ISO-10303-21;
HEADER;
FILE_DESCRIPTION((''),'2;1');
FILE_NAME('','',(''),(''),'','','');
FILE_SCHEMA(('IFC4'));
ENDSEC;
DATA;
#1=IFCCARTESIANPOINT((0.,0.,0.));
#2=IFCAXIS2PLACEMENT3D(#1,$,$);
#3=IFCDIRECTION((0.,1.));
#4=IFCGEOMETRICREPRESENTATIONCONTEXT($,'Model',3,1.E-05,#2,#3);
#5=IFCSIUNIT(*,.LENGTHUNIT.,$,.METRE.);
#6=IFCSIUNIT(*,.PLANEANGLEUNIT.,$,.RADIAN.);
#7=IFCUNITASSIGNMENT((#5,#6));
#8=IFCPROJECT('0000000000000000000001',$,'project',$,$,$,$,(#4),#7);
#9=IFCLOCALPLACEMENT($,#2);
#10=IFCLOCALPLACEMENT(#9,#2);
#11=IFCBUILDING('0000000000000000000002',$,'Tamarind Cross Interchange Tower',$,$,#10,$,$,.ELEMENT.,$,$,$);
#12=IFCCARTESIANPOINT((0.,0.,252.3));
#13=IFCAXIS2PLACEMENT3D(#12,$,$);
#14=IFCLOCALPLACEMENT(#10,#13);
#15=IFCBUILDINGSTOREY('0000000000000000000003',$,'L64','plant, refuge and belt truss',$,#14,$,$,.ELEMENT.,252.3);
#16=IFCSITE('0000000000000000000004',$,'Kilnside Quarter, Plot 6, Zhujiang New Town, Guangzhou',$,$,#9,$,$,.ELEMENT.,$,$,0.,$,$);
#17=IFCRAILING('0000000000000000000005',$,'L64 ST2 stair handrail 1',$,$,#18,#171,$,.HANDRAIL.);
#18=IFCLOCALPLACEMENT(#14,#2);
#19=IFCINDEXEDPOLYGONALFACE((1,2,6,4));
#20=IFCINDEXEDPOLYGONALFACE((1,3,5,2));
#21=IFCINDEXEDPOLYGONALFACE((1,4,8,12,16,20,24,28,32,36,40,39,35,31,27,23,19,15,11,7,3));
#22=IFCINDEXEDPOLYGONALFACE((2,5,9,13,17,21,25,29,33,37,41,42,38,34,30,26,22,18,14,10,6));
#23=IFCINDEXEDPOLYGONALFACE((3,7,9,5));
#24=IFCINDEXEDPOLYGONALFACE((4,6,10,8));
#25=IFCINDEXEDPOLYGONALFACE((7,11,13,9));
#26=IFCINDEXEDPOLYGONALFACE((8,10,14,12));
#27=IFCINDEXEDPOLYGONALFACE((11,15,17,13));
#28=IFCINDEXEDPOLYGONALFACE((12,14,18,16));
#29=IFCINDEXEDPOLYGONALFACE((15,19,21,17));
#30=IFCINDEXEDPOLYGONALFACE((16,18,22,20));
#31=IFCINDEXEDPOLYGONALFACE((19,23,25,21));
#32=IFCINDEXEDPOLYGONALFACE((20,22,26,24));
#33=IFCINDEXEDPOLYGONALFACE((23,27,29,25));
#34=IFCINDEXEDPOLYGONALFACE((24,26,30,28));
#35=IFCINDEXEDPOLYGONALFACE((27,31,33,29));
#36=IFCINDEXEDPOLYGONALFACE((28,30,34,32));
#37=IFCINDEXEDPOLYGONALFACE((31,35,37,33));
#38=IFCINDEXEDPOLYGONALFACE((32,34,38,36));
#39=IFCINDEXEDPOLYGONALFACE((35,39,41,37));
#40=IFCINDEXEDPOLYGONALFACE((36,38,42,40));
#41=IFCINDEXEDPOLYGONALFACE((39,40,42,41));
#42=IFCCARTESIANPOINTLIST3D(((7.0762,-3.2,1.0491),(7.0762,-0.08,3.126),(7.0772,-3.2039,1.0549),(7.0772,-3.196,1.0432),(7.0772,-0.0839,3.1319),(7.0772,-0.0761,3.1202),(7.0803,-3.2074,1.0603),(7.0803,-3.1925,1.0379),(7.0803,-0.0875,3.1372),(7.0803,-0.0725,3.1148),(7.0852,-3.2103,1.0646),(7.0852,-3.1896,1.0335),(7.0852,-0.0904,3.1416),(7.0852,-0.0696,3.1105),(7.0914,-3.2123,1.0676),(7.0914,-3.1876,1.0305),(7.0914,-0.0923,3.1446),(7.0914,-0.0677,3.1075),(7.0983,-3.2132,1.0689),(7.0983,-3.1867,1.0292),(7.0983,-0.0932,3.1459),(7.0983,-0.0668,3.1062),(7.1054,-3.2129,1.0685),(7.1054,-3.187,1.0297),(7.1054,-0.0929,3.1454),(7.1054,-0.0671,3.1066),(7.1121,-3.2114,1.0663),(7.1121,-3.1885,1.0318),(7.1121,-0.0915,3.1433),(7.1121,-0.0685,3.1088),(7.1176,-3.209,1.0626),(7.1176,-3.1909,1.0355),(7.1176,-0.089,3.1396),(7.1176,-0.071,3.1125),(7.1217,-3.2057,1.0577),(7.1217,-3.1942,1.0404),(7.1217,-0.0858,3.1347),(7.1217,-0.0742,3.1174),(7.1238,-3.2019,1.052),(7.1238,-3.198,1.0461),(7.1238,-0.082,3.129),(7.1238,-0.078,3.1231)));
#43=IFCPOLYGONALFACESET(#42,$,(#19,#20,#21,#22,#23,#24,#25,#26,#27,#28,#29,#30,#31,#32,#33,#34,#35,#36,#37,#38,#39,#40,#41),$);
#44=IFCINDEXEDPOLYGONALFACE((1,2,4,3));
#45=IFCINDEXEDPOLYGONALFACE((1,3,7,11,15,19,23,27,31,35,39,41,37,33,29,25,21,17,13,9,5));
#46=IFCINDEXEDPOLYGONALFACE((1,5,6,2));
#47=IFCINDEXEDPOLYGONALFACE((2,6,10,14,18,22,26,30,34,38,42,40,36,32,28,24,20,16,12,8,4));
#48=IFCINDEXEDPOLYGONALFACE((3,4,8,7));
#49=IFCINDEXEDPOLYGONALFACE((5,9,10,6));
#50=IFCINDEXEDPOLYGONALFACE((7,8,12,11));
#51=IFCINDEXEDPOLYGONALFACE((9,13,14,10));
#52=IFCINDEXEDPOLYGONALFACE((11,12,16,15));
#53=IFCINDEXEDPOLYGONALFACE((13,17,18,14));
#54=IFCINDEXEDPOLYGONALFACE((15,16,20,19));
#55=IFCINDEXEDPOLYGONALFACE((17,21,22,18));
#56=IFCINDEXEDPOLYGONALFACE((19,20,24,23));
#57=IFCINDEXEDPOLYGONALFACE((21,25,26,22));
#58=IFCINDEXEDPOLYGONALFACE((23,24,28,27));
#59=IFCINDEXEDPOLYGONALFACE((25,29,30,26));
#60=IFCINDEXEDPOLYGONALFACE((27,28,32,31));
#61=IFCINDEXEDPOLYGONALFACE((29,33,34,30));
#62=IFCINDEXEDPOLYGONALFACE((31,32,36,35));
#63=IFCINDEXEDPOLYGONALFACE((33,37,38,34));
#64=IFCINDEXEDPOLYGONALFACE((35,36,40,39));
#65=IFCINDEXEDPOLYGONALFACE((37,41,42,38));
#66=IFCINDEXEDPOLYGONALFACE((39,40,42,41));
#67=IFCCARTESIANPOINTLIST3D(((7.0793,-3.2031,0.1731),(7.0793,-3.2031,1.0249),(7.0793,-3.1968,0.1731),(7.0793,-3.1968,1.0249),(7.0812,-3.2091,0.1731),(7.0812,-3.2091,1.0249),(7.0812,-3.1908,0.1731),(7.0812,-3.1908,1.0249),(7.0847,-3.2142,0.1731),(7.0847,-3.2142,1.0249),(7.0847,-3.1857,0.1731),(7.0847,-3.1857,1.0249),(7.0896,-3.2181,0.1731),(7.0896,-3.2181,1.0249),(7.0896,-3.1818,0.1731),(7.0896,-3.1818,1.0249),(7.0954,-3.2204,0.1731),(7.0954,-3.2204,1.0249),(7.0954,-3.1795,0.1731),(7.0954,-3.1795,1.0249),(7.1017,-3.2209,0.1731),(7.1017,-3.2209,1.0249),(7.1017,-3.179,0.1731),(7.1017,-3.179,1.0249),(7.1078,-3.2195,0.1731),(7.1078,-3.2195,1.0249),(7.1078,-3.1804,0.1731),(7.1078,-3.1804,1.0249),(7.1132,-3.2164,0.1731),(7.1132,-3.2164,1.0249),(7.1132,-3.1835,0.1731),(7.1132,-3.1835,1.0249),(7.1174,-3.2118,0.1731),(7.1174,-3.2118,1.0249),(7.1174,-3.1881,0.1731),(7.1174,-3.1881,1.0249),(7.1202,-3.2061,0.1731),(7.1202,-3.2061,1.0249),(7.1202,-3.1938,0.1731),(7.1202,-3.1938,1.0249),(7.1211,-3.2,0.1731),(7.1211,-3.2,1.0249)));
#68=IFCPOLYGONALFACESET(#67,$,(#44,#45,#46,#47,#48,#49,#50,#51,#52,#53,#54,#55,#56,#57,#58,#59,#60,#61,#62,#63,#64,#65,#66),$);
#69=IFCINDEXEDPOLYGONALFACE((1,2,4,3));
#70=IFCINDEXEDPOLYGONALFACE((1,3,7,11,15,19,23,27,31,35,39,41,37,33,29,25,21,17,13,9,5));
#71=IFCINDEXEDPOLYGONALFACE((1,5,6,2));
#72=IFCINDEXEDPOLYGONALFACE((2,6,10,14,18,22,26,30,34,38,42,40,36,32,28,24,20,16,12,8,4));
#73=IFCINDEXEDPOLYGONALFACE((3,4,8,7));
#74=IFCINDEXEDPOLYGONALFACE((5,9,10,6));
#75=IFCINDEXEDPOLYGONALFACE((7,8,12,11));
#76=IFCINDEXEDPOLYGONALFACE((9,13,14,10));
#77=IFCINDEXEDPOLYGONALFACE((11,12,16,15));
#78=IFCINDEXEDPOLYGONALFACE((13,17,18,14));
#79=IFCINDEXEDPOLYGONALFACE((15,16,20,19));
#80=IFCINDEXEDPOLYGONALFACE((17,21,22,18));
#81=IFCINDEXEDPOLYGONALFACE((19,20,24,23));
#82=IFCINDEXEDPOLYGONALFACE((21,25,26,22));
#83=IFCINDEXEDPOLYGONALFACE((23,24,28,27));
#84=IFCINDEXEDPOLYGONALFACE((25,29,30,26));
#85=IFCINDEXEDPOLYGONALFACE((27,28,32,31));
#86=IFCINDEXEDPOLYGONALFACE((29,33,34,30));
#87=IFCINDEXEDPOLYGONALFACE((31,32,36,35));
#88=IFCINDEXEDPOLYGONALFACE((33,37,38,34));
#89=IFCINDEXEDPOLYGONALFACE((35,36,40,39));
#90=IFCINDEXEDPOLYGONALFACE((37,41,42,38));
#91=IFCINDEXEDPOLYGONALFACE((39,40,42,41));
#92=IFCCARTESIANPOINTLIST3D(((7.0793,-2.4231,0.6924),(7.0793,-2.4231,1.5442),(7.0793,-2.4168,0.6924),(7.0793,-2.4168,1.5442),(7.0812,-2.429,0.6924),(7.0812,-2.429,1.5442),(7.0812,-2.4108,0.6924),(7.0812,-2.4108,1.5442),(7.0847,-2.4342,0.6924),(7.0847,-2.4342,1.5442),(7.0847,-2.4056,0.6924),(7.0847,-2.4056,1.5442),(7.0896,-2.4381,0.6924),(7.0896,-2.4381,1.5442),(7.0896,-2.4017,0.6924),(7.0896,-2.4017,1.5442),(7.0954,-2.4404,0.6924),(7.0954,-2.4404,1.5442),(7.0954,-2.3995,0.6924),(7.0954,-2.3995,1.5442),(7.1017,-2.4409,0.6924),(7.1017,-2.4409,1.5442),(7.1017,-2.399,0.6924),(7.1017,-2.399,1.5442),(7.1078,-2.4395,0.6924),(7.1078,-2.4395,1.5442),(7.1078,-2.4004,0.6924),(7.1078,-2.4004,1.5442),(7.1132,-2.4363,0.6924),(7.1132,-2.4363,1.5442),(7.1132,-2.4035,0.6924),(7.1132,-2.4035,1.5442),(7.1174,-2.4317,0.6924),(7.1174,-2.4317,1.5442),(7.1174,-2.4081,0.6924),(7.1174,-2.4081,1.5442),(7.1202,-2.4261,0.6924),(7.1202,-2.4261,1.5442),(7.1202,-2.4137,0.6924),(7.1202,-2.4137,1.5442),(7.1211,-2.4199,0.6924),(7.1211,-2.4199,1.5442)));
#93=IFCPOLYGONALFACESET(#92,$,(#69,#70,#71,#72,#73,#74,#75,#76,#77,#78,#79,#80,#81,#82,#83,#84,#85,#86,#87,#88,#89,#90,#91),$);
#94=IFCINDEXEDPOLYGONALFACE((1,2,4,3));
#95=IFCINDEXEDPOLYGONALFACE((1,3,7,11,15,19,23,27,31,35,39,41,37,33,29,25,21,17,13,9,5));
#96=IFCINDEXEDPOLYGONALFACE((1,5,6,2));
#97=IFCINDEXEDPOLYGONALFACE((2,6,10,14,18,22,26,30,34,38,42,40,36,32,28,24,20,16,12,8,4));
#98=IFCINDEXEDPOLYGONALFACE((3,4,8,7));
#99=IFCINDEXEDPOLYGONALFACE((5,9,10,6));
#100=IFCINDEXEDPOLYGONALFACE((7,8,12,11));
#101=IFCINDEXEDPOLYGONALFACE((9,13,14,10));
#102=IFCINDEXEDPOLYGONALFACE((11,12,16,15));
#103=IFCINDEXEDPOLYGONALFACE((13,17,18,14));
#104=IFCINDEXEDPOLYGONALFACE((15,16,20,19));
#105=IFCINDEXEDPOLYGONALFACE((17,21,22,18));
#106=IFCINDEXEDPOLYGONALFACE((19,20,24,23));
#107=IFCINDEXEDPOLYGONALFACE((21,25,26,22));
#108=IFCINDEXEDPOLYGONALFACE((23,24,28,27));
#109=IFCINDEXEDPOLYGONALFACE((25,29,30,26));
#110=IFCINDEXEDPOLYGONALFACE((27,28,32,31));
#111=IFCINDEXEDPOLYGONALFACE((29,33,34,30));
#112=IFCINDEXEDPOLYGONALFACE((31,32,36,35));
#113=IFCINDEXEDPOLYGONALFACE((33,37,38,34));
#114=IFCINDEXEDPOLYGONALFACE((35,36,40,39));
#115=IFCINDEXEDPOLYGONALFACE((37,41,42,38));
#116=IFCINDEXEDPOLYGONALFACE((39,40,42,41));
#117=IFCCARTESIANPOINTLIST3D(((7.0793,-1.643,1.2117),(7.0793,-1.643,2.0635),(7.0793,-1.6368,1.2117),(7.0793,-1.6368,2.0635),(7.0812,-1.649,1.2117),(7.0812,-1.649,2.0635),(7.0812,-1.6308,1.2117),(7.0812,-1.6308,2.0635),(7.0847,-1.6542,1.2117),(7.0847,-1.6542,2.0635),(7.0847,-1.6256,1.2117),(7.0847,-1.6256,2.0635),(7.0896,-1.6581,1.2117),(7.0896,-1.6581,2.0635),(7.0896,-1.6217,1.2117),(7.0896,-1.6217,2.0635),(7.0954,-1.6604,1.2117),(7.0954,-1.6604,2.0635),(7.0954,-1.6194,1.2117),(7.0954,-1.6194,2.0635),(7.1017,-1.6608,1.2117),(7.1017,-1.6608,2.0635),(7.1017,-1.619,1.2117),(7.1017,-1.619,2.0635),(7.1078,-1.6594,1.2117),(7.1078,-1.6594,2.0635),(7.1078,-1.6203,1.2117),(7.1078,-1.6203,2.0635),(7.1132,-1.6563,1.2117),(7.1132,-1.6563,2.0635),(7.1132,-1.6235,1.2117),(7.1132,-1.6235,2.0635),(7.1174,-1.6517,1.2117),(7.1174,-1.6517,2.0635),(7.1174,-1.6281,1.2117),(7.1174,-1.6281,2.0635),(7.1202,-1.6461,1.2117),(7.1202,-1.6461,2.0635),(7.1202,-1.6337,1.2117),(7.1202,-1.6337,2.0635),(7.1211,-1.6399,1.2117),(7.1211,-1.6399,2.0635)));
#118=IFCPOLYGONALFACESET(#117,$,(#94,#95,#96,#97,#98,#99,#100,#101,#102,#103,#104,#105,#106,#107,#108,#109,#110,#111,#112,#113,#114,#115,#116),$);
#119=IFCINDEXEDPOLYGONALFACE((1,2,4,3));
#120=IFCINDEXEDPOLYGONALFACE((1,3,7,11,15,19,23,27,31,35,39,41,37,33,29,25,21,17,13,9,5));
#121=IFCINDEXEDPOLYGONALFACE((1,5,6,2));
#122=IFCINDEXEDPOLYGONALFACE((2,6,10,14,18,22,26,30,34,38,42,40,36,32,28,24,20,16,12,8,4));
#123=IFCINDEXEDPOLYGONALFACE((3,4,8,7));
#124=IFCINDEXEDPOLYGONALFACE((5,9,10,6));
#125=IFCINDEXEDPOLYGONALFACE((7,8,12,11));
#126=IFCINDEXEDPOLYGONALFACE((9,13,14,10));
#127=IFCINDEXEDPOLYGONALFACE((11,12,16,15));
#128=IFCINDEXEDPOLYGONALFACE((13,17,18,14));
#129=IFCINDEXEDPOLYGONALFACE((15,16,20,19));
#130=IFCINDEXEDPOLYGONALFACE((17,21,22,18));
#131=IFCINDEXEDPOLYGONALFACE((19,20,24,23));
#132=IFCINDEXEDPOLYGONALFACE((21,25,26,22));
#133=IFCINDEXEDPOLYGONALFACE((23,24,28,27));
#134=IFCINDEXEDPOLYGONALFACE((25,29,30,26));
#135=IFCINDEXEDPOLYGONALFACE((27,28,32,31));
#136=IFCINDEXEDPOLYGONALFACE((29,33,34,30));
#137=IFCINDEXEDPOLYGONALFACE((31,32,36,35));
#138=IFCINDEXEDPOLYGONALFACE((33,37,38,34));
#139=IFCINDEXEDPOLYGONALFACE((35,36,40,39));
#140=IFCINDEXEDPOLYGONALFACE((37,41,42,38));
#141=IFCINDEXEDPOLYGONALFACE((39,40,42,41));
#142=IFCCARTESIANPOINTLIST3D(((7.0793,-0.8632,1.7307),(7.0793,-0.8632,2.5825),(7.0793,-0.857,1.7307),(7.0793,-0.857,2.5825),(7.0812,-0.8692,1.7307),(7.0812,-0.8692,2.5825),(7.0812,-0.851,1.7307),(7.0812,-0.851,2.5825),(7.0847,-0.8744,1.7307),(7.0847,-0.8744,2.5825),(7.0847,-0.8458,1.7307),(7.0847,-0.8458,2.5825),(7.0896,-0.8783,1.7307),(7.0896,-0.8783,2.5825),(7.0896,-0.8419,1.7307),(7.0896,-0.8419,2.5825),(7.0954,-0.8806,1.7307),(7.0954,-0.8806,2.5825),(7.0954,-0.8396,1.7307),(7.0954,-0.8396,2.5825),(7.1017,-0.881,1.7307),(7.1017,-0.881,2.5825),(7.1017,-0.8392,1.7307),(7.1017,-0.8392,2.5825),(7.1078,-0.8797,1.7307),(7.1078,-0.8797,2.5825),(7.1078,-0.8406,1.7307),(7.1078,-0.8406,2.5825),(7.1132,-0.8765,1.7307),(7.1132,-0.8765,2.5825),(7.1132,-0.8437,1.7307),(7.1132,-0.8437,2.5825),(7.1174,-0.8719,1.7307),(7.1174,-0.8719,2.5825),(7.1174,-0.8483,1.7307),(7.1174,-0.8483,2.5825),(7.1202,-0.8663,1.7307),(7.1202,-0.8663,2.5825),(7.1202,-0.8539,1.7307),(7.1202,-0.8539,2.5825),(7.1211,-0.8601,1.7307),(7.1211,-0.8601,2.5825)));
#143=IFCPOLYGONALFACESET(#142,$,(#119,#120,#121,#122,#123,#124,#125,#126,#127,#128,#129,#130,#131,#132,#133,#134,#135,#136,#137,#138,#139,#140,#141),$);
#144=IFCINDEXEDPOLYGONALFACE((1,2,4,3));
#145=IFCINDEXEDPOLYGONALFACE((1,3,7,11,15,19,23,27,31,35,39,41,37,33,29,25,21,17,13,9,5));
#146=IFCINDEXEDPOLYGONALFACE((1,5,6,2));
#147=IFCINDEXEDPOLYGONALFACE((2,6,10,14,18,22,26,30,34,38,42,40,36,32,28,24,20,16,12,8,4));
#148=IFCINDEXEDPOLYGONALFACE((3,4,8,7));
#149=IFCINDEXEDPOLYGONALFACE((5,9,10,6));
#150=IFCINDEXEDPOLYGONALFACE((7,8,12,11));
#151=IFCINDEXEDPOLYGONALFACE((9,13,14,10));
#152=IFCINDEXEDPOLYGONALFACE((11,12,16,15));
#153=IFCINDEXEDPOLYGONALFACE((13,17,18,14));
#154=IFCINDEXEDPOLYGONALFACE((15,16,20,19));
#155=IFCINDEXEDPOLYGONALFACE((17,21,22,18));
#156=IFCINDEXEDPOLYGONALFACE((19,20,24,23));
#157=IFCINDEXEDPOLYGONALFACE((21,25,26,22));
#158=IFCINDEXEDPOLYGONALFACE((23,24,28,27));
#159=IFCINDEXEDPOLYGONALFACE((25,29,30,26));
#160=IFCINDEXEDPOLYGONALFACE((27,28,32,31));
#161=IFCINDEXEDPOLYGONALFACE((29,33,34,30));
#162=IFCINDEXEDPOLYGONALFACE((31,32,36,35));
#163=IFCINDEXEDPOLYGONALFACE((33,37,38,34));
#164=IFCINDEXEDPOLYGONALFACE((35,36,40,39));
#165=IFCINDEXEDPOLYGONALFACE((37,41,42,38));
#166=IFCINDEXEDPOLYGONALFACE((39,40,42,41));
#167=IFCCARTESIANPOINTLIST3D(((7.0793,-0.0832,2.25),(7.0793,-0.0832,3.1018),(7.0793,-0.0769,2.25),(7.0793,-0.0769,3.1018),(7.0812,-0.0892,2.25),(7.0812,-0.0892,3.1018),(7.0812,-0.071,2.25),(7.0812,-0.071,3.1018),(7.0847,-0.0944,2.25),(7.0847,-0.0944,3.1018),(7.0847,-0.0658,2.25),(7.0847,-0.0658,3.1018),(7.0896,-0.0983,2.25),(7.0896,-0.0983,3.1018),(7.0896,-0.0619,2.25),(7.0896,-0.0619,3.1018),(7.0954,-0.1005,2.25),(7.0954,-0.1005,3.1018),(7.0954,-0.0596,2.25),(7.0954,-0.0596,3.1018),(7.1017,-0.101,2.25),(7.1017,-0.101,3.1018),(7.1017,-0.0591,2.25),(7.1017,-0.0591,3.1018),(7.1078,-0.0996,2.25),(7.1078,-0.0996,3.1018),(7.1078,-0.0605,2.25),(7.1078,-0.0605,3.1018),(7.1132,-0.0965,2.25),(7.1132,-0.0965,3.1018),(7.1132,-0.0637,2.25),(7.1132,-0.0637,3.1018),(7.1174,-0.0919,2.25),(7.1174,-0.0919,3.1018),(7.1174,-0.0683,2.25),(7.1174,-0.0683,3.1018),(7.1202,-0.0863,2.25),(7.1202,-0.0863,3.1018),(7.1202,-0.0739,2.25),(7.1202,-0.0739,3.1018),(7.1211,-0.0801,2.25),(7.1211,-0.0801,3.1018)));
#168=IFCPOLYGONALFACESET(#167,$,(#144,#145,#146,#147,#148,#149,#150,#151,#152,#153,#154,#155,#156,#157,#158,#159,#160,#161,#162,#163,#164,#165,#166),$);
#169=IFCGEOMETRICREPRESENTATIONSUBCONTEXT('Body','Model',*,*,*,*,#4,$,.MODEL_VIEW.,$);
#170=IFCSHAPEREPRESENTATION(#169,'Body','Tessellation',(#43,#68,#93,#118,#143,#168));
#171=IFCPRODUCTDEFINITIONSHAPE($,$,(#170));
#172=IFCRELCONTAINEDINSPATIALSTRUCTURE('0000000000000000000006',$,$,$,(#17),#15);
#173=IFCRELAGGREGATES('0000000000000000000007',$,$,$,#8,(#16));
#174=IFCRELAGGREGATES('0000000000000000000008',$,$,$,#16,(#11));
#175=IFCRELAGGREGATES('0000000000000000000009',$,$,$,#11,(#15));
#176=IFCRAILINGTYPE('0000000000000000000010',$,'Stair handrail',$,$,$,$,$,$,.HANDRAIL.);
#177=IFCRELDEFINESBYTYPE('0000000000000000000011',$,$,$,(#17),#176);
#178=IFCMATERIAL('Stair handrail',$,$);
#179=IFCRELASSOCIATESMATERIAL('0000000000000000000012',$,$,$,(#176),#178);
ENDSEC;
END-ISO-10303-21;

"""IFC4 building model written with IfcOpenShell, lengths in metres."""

from ifc_helpers import new_model, si_unit, direction, frame, origin, origin_2d, place, context, subcontext, project, spatial, circle, extrude, material, type_object, element, save


model = new_model("IFC4")

# Units and contexts
model_context = context("Model", 3, precision=1e-05, world=origin(), true_north=direction((0.0, 1.0)))
body_context = subcontext(model_context, "Body", "Model", "MODEL_VIEW")
ifc_project = project(units=[si_unit("LENGTHUNIT", "METRE"), si_unit("PLANEANGLEUNIT", "RADIAN")], contexts=[model_context])

# Site, building, storey
site_placement = place(None, origin())
site = spatial("IfcSite", under=ifc_project, at=site_placement, Name="Kilnside Quarter, Plot 6, Zhujiang New Town, Guangzhou", CompositionType="ELEMENT", RefElevation=0.0)
building_placement = place(site_placement, origin())
building = spatial("IfcBuilding", under=site, at=building_placement, Name="Tamarind Cross Interchange Tower", CompositionType="ELEMENT")
storey_placement = place(building_placement, frame((0.0, 0.0, 252.3)))
storey = spatial("IfcBuildingStorey", under=building, at=storey_placement, Name="L64", Description="plant, refuge and belt truss", CompositionType="ELEMENT", Elevation=252.3)

# Railing
ifc_material_1 = material(Name="Stair handrail")
railing_type_1 = type_object("IfcRailingType", Name="Stair handrail", PredefinedType="HANDRAIL", material=ifc_material_1)
railing_1_placement = place(storey_placement, frame((7.1001, -3.2, 0.1731)))
element("IfcRailing", 1, at=railing_1_placement, inside=storey, type_object=railing_type_1, Name="L64 ST2 stair handrail 1", PredefinedType="HANDRAIL", context=body_context, shape_type="SweptSolid", body=[
    extrude(circle(Radius=0.0239, at=origin_2d()), frame((0.0, 0.0, 0.876), z_axis=(0.0, 0.832421, 0.554144), x_axis=(-1.0, 0.0, 0.0)), (0.0, 0.0, 1.0), 3.748),
    extrude(circle(Radius=0.021, at=origin_2d()), origin(), (0.0, 0.0, 1.0), 0.8518),
    extrude(circle(Radius=0.021, at=origin_2d()), frame((0.0, 0.78, 0.5193)), (0.0, 0.0, 1.0), 0.8518),
    extrude(circle(Radius=0.021, at=origin_2d()), frame((0.0, 1.5601, 1.0386)), (0.0, 0.0, 1.0), 0.8518),
    extrude(circle(Radius=0.021, at=origin_2d()), frame((0.0, 2.3398, 1.5576)), (0.0, 0.0, 1.0), 0.8518),
    extrude(circle(Radius=0.021, at=origin_2d()), frame((0.0, 3.1199, 2.0769)), (0.0, 0.0, 1.0), 0.8518),
])

save(model, "model.ifc")
